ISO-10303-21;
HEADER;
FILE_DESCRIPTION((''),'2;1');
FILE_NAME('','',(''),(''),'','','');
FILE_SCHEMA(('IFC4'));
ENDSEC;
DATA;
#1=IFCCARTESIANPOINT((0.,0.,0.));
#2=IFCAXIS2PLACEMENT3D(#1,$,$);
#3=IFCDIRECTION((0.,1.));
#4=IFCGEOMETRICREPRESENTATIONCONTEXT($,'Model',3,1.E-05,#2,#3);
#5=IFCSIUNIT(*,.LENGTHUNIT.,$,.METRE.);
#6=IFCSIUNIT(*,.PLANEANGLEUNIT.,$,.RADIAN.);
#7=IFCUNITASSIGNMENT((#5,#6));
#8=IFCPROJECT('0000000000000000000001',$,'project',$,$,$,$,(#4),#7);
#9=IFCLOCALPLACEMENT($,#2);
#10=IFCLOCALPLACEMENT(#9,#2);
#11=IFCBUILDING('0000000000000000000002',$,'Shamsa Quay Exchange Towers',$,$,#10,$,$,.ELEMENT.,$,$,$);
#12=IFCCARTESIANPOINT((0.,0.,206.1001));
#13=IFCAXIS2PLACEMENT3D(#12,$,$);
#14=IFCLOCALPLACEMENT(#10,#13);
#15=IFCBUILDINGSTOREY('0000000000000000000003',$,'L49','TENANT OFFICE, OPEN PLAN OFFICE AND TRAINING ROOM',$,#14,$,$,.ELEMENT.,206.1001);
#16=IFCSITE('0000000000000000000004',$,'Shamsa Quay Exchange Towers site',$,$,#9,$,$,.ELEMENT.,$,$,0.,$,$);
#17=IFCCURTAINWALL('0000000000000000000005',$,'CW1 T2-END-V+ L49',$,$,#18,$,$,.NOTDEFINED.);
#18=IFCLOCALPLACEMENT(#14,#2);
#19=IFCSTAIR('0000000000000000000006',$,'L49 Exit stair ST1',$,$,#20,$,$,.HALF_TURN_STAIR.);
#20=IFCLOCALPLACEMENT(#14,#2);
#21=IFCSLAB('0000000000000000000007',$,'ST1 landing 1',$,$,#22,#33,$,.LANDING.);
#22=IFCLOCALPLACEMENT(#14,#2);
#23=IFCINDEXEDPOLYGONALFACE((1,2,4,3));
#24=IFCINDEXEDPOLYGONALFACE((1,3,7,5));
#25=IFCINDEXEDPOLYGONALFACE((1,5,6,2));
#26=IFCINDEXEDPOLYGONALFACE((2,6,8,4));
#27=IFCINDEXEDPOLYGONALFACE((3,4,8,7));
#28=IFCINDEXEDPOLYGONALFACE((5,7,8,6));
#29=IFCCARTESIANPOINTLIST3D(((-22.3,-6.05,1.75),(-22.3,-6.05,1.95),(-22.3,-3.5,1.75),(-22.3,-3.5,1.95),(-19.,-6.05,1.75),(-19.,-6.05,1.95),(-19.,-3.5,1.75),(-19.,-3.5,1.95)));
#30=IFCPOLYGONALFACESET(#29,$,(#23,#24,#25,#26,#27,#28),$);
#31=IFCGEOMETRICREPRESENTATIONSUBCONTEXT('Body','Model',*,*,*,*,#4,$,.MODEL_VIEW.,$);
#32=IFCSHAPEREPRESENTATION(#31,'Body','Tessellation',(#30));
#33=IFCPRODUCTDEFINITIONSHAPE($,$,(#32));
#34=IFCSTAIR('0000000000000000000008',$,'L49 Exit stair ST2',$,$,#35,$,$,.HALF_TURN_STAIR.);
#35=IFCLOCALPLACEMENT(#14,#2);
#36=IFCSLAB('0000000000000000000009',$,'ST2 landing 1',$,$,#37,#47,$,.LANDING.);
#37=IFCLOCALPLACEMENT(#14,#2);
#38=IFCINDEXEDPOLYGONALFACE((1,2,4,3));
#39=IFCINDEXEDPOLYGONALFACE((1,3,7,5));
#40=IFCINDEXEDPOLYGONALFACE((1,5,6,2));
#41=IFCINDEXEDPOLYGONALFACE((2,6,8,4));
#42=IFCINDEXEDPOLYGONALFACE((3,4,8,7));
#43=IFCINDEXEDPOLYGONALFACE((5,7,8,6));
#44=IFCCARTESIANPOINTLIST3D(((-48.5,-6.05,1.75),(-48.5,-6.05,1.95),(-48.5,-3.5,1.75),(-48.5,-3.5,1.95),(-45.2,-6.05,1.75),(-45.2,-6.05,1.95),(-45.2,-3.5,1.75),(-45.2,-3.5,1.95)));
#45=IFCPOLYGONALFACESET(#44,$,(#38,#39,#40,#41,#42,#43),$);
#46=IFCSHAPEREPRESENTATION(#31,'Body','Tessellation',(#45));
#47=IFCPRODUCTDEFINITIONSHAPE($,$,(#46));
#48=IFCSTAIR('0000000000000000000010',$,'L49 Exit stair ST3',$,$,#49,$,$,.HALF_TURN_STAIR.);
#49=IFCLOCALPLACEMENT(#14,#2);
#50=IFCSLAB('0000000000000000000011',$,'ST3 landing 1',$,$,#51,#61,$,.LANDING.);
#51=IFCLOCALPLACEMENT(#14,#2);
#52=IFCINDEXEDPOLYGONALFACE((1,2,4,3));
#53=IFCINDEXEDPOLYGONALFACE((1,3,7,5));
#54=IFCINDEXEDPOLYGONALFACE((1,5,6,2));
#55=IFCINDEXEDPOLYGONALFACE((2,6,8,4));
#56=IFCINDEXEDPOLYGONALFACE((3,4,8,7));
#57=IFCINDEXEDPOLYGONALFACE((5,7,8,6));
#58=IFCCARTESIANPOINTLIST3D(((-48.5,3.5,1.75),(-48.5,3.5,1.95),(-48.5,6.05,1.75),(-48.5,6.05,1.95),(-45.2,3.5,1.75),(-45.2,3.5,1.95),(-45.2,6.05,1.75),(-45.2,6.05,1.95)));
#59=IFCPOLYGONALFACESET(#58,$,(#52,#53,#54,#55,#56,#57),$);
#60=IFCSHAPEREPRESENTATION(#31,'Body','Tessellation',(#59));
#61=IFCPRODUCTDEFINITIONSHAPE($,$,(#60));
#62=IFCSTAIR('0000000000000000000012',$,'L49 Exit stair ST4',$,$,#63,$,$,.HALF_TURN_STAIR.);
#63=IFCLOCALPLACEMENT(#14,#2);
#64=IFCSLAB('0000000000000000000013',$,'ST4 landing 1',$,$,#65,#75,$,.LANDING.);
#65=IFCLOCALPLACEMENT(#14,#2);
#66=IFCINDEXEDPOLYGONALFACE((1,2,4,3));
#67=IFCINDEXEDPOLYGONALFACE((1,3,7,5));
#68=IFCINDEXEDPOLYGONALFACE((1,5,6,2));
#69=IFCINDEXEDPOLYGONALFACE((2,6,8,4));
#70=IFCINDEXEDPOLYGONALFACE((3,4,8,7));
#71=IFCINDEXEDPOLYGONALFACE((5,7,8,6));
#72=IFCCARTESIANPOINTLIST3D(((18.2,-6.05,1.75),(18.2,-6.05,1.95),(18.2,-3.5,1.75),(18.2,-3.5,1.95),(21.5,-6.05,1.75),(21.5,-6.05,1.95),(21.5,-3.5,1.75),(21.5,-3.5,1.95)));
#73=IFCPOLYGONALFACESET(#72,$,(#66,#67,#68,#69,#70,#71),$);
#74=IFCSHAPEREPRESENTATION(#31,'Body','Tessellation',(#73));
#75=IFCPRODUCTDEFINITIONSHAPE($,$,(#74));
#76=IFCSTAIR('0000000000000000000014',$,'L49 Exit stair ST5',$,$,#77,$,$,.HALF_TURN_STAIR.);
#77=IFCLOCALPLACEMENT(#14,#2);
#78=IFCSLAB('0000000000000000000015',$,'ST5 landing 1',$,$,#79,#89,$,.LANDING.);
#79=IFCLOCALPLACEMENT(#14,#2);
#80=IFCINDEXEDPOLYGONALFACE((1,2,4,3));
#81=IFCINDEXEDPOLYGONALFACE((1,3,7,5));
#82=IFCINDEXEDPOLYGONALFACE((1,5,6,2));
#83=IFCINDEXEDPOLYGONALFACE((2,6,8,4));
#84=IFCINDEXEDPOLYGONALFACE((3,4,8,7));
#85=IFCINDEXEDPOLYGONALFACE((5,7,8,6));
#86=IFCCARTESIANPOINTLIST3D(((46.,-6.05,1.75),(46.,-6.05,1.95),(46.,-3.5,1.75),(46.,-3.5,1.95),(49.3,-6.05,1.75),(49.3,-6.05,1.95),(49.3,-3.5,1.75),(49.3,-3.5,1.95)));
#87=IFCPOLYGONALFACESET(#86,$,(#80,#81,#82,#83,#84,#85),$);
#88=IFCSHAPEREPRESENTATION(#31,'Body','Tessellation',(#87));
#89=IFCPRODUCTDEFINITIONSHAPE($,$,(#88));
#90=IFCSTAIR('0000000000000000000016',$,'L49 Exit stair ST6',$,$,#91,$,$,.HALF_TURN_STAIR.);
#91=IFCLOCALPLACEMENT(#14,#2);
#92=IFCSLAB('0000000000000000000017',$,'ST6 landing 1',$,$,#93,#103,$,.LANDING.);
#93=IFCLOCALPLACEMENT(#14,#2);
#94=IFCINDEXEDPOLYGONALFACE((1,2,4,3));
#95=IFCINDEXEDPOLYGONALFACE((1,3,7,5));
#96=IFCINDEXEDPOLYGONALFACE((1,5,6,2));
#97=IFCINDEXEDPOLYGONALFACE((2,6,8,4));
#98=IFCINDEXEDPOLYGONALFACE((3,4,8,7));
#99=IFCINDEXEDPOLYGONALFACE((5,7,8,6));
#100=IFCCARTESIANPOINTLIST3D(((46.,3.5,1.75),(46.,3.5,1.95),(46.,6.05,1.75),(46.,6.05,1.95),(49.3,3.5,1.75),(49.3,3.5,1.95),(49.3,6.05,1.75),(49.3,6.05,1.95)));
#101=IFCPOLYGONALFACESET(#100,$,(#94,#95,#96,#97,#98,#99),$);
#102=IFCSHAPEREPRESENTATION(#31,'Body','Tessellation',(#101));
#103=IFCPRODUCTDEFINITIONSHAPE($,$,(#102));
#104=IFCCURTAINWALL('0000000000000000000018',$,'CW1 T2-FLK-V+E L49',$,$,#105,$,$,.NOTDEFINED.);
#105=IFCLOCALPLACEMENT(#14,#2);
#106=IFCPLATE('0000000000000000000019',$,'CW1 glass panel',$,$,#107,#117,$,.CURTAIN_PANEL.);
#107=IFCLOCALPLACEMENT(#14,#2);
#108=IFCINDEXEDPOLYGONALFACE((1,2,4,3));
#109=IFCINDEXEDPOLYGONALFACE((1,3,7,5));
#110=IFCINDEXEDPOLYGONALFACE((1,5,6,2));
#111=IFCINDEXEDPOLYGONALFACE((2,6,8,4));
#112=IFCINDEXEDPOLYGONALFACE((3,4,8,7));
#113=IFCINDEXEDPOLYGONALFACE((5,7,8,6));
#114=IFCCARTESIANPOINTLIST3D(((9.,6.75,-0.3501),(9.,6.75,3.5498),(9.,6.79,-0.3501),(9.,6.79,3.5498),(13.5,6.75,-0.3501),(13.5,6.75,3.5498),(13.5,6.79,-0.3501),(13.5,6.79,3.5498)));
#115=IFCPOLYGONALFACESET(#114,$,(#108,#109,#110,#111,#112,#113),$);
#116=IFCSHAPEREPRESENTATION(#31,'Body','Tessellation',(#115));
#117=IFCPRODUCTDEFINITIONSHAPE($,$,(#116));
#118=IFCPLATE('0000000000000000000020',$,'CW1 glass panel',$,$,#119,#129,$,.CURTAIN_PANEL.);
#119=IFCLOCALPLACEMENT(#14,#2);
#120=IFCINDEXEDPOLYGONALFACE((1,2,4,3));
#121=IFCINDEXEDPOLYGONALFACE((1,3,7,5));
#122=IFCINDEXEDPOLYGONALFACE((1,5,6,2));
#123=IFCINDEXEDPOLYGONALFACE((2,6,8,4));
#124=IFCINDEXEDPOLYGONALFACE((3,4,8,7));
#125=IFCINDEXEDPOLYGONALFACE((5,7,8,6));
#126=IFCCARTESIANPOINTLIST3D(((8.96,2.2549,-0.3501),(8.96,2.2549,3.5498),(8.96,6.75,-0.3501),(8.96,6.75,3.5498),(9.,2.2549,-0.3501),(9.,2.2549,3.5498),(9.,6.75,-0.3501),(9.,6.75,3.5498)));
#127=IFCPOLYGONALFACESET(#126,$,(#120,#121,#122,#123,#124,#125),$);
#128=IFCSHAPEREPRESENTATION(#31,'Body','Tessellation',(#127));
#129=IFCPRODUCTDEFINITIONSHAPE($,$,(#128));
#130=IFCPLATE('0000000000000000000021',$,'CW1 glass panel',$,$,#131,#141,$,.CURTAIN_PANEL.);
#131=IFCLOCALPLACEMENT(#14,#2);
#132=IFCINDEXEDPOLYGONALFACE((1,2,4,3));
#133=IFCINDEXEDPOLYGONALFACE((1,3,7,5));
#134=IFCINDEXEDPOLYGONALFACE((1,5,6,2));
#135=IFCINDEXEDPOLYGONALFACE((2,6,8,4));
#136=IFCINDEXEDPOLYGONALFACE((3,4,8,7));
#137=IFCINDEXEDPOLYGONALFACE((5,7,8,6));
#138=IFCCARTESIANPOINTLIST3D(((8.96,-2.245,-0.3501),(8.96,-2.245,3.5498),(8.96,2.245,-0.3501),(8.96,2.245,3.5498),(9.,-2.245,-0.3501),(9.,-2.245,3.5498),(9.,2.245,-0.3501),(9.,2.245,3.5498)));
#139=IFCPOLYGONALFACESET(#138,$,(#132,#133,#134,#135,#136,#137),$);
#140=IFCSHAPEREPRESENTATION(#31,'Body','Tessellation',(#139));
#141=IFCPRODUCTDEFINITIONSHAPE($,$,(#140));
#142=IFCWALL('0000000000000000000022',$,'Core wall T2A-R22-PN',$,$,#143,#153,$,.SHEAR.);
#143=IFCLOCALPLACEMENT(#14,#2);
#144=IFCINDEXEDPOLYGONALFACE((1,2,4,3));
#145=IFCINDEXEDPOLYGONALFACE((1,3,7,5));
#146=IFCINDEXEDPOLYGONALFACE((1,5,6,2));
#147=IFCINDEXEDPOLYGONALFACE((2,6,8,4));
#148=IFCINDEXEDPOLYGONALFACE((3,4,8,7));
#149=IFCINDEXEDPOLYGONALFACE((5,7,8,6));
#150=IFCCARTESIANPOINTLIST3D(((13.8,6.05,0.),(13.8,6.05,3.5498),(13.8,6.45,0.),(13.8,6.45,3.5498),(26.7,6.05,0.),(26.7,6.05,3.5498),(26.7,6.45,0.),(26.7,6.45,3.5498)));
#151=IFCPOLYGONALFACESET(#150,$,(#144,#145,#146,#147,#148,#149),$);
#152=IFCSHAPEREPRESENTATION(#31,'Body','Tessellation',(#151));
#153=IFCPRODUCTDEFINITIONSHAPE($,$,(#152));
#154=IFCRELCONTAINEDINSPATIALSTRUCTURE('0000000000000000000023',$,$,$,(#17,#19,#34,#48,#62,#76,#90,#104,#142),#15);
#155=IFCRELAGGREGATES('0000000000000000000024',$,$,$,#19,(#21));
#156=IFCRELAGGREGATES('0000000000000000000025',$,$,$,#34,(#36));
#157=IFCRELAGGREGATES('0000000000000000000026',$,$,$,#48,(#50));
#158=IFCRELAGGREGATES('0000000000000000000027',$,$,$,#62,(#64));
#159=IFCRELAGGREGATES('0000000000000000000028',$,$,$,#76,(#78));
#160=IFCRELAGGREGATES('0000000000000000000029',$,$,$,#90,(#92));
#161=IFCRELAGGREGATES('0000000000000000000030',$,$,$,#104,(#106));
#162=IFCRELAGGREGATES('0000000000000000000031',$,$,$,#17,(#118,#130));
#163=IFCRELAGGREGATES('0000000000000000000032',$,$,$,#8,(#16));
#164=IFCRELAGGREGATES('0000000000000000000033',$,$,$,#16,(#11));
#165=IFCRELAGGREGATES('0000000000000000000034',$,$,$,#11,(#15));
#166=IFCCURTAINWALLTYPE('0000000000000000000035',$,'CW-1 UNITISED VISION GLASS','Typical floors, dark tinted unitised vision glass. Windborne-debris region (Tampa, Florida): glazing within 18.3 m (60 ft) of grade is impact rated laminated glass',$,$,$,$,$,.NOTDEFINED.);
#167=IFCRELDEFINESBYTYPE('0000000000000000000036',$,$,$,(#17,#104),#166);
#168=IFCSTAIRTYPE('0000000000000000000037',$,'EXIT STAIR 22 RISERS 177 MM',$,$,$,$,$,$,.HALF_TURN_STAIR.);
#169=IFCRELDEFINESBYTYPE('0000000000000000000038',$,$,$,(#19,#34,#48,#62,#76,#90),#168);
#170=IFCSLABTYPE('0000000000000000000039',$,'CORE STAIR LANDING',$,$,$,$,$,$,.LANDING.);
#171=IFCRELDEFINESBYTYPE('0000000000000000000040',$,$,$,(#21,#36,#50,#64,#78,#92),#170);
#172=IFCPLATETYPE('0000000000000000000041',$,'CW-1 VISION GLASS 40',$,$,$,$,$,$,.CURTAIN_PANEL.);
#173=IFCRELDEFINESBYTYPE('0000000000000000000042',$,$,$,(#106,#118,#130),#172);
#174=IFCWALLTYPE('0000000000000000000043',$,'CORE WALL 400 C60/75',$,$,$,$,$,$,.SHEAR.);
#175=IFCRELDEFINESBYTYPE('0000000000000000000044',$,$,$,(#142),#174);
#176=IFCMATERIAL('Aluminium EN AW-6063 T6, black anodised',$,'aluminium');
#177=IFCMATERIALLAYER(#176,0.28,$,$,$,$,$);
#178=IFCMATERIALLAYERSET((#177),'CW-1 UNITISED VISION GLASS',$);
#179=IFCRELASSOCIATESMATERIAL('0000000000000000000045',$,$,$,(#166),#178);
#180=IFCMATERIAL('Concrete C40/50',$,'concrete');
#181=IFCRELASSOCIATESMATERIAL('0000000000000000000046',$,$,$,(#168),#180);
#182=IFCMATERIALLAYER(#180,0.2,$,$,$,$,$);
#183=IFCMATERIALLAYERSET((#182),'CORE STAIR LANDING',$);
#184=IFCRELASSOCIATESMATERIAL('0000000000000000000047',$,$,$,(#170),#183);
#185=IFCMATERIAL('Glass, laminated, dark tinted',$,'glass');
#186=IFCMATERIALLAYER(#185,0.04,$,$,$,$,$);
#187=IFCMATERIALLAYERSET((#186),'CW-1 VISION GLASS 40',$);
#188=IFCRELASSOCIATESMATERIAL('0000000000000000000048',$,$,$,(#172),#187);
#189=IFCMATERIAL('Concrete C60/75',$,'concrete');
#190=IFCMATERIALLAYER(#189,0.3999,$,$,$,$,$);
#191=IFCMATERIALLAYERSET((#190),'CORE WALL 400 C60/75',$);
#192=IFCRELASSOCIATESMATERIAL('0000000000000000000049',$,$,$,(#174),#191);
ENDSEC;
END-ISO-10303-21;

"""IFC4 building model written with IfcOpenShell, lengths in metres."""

from ifc_helpers import new_model, si_unit, direction, frame, frame_2d, origin, origin_2d, place, context, subcontext, project, spatial, polyline, rectangle, outline, extrude, material, layer, layer_set, type_object, element, aggregate, save


model = new_model("IFC4")

# Units and contexts
model_context = context("Model", 3, precision=1e-05, world=origin(), true_north=direction((0.0, 1.0)))
body_context = subcontext(model_context, "Body", "Model", "MODEL_VIEW")
ifc_project = project(units=[si_unit("LENGTHUNIT", "METRE"), si_unit("PLANEANGLEUNIT", "RADIAN")], contexts=[model_context])

# Site, building, storey
site_placement = place(None, origin())
site = spatial("IfcSite", under=ifc_project, at=site_placement, Name="Shamsa Quay Exchange Towers site", CompositionType="ELEMENT", RefElevation=0.0)
building_placement = place(site_placement, origin())
building = spatial("IfcBuilding", under=site, at=building_placement, Name="Shamsa Quay Exchange Towers", CompositionType="ELEMENT")
storey_placement = place(building_placement, frame((0.0, 0.0, 206.1001)))
storey = spatial("IfcBuildingStorey", under=building, at=storey_placement, Name="L49", Description="TENANT OFFICE, OPEN PLAN OFFICE AND TRAINING ROOM", CompositionType="ELEMENT", Elevation=206.1001)

# Curtain wall
ifc_material_1 = material(Name="Aluminium EN AW-6063 T6, black anodised", Category="aluminium")
ifc_layer_1 = layer(ifc_material_1, 0.28)
ifc_layer_set_1 = layer_set([ifc_layer_1], Name="CW-1 UNITISED VISION GLASS")
curtain_wall_type = type_object("IfcCurtainWallType", Name="CW-1 UNITISED VISION GLASS", Description="Typical floors, dark tinted unitised vision glass. Windborne-debris region (Tampa, Florida): glazing within 18.3 m (60 ft) of grade is impact rated laminated glass", PredefinedType="NOTDEFINED", material=ifc_layer_set_1)
curtain_wall_1_placement = place(storey_placement, origin())
curtain_wall_1 = element("IfcCurtainWall", 1, at=curtain_wall_1_placement, inside=storey, type_object=curtain_wall_type, Name="CW1 T2-END-V+ L49", PredefinedType="NOTDEFINED")

# Stairs, slabs
ifc_material_2 = material(Name="Concrete C40/50", Category="concrete")
stair_type = type_object("IfcStairType", Name="EXIT STAIR 22 RISERS 177 MM", PredefinedType="HALF_TURN_STAIR", material=ifc_material_2)
stair_1_placement = place(storey_placement, origin())
stair_1 = element("IfcStair", 2, at=stair_1_placement, inside=storey, type_object=stair_type, Name="L49 Exit stair ST1", PredefinedType="HALF_TURN_STAIR")
ifc_layer_2 = layer(ifc_material_2, 0.2)
ifc_layer_set_2 = layer_set([ifc_layer_2], Name="CORE STAIR LANDING")
slab_type_1 = type_object("IfcSlabType", Name="CORE STAIR LANDING", PredefinedType="LANDING", material=ifc_layer_set_2)
slab_1_placement = place(storey_placement, frame((0.0, 0.0, 1.75)))
slab_1 = element("IfcSlab", 3, at=slab_1_placement, type_object=slab_type_1, Name="ST1 landing 1", PredefinedType="LANDING", context=body_context, shape_type="SweptSolid", body=[
    extrude(outline(polyline([(-22.3, -6.05), (-19.0, -6.05), (-19.0, -3.5), (-22.3, -3.5), (-22.3, -6.05)])), origin(), (0.0, 0.0, 1.0), 0.2),
])
aggregate(stair_1, [slab_1])
stair_2_placement = place(storey_placement, origin())
stair_2 = element("IfcStair", 4, at=stair_2_placement, inside=storey, type_object=stair_type, Name="L49 Exit stair ST2", PredefinedType="HALF_TURN_STAIR")
slab_2_placement = place(storey_placement, frame((0.0, 0.0, 1.75)))
slab_2 = element("IfcSlab", 5, at=slab_2_placement, type_object=slab_type_1, Name="ST2 landing 1", PredefinedType="LANDING", context=body_context, shape_type="SweptSolid", body=[
    extrude(outline(polyline([(-45.2, -3.5), (-48.5, -3.5), (-48.5, -6.05), (-45.2, -6.05), (-45.2, -3.5)])), origin(), (0.0, 0.0, 1.0), 0.2),
])
aggregate(stair_2, [slab_2])
stair_3_placement = place(storey_placement, origin())
stair_3 = element("IfcStair", 6, at=stair_3_placement, inside=storey, type_object=stair_type, Name="L49 Exit stair ST3", PredefinedType="HALF_TURN_STAIR")
slab_3_placement = place(storey_placement, frame((0.0, 0.0, 1.75)))
slab_3 = element("IfcSlab", 7, at=slab_3_placement, type_object=slab_type_1, Name="ST3 landing 1", PredefinedType="LANDING", context=body_context, shape_type="SweptSolid", body=[
    extrude(outline(polyline([(-45.2, 6.05), (-48.5, 6.05), (-48.5, 3.5), (-45.2, 3.5), (-45.2, 6.05)])), origin(), (0.0, 0.0, 1.0), 0.2),
])
aggregate(stair_3, [slab_3])
stair_4_placement = place(storey_placement, origin())
stair_4 = element("IfcStair", 8, at=stair_4_placement, inside=storey, type_object=stair_type, Name="L49 Exit stair ST4", PredefinedType="HALF_TURN_STAIR")
slab_4_placement = place(storey_placement, frame((0.0, 0.0, 1.75)))
slab_4 = element("IfcSlab", 9, at=slab_4_placement, type_object=slab_type_1, Name="ST4 landing 1", PredefinedType="LANDING", context=body_context, shape_type="SweptSolid", body=[
    extrude(outline(polyline([(18.2, -6.05), (21.5, -6.05), (21.5, -3.5), (18.2, -3.5), (18.2, -6.05)])), origin(), (0.0, 0.0, 1.0), 0.2),
])
aggregate(stair_4, [slab_4])
stair_5_placement = place(storey_placement, origin())
stair_5 = element("IfcStair", 10, at=stair_5_placement, inside=storey, type_object=stair_type, Name="L49 Exit stair ST5", PredefinedType="HALF_TURN_STAIR")
slab_5_placement = place(storey_placement, frame((0.0, 0.0, 1.75)))
slab_5 = element("IfcSlab", 11, at=slab_5_placement, type_object=slab_type_1, Name="ST5 landing 1", PredefinedType="LANDING", context=body_context, shape_type="SweptSolid", body=[
    extrude(outline(polyline([(49.3, -3.5), (46.0, -3.5), (46.0, -6.05), (49.3, -6.05), (49.3, -3.5)])), origin(), (0.0, 0.0, 1.0), 0.2),
])
aggregate(stair_5, [slab_5])
stair_6_placement = place(storey_placement, origin())
stair_6 = element("IfcStair", 12, at=stair_6_placement, inside=storey, type_object=stair_type, Name="L49 Exit stair ST6", PredefinedType="HALF_TURN_STAIR")
slab_6_placement = place(storey_placement, frame((0.0, 0.0, 1.75)))
slab_6 = element("IfcSlab", 13, at=slab_6_placement, type_object=slab_type_1, Name="ST6 landing 1", PredefinedType="LANDING", context=body_context, shape_type="SweptSolid", body=[
    extrude(outline(polyline([(49.3, 6.05), (46.0, 6.05), (46.0, 3.5), (49.3, 3.5), (49.3, 6.05)])), origin(), (0.0, 0.0, 1.0), 0.2),
])
aggregate(stair_6, [slab_6])

# Curtain wall, plate
curtain_wall_2_placement = place(storey_placement, origin())
curtain_wall_2 = element("IfcCurtainWall", 14, at=curtain_wall_2_placement, inside=storey, type_object=curtain_wall_type, Name="CW1 T2-FLK-V+E L49", PredefinedType="NOTDEFINED")
ifc_material_3 = material(Name="Glass, laminated, dark tinted", Category="glass")
ifc_layer_3 = layer(ifc_material_3, 0.04)
ifc_layer_set_3 = layer_set([ifc_layer_3], Name="CW-1 VISION GLASS 40")
plate_type = type_object("IfcPlateType", Name="CW-1 VISION GLASS 40", PredefinedType="CURTAIN_PANEL", material=ifc_layer_set_3)
plate_1_placement = place(storey_placement, frame((11.25, 6.77, -0.3501), z_axis=(0.0, 0.0, 1.0), x_axis=(-1.0, 0.0, 0.0)))
plate_1 = element("IfcPlate", 15, at=plate_1_placement, type_object=plate_type, Name="CW1 glass panel", PredefinedType="CURTAIN_PANEL", context=body_context, shape_type="SweptSolid", body=[
    extrude(rectangle(XDim=4.5, YDim=0.04, at=origin_2d()), origin(), (0.0, 0.0, 1.0), 3.8999),
])
aggregate(curtain_wall_2, [plate_1])

# Plates
plate_2_placement = place(storey_placement, frame((8.98, 4.5024, -0.3501), z_axis=(0.0, 0.0, 1.0), x_axis=(0.0, -1.0, 0.0)))
plate_2 = element("IfcPlate", 16, at=plate_2_placement, type_object=plate_type, Name="CW1 glass panel", PredefinedType="CURTAIN_PANEL", context=body_context, shape_type="SweptSolid", body=[
    extrude(rectangle(XDim=4.4951, YDim=0.04, at=origin_2d()), origin(), (0.0, 0.0, 1.0), 3.8999),
])
plate_3_placement = place(storey_placement, frame((8.98, 0.0, -0.3501), z_axis=(0.0, 0.0, 1.0), x_axis=(0.0, -1.0, 0.0)))
plate_3 = element("IfcPlate", 17, at=plate_3_placement, type_object=plate_type, Name="CW1 glass panel", PredefinedType="CURTAIN_PANEL", context=body_context, shape_type="SweptSolid", body=[
    extrude(rectangle(XDim=4.49, YDim=0.04, at=origin_2d()), origin(), (0.0, 0.0, 1.0), 3.8999),
])
aggregate(curtain_wall_1, [plate_2, plate_3])

# Wall
ifc_material_4 = material(Name="Concrete C60/75", Category="concrete")
ifc_layer_4 = layer(ifc_material_4, 0.3999)
ifc_layer_set_4 = layer_set([ifc_layer_4], Name="CORE WALL 400 C60/75")
wall_type = type_object("IfcWallType", Name="CORE WALL 400 C60/75", PredefinedType="SHEAR", material=ifc_layer_set_4)
wall_placement = place(storey_placement, frame((13.8, 6.25, 0.0)))
element("IfcWall", 18, at=wall_placement, inside=storey, type_object=wall_type, Name="Core wall T2A-R22-PN", PredefinedType="SHEAR", context=body_context, shape_type="SweptSolid", body=[
    extrude(rectangle(XDim=12.8999, YDim=0.3999, at=frame_2d((6.45, 0.0))), origin(), (0.0, 0.0, 1.0), 3.5498),
])

save(model, "model.ifc")
